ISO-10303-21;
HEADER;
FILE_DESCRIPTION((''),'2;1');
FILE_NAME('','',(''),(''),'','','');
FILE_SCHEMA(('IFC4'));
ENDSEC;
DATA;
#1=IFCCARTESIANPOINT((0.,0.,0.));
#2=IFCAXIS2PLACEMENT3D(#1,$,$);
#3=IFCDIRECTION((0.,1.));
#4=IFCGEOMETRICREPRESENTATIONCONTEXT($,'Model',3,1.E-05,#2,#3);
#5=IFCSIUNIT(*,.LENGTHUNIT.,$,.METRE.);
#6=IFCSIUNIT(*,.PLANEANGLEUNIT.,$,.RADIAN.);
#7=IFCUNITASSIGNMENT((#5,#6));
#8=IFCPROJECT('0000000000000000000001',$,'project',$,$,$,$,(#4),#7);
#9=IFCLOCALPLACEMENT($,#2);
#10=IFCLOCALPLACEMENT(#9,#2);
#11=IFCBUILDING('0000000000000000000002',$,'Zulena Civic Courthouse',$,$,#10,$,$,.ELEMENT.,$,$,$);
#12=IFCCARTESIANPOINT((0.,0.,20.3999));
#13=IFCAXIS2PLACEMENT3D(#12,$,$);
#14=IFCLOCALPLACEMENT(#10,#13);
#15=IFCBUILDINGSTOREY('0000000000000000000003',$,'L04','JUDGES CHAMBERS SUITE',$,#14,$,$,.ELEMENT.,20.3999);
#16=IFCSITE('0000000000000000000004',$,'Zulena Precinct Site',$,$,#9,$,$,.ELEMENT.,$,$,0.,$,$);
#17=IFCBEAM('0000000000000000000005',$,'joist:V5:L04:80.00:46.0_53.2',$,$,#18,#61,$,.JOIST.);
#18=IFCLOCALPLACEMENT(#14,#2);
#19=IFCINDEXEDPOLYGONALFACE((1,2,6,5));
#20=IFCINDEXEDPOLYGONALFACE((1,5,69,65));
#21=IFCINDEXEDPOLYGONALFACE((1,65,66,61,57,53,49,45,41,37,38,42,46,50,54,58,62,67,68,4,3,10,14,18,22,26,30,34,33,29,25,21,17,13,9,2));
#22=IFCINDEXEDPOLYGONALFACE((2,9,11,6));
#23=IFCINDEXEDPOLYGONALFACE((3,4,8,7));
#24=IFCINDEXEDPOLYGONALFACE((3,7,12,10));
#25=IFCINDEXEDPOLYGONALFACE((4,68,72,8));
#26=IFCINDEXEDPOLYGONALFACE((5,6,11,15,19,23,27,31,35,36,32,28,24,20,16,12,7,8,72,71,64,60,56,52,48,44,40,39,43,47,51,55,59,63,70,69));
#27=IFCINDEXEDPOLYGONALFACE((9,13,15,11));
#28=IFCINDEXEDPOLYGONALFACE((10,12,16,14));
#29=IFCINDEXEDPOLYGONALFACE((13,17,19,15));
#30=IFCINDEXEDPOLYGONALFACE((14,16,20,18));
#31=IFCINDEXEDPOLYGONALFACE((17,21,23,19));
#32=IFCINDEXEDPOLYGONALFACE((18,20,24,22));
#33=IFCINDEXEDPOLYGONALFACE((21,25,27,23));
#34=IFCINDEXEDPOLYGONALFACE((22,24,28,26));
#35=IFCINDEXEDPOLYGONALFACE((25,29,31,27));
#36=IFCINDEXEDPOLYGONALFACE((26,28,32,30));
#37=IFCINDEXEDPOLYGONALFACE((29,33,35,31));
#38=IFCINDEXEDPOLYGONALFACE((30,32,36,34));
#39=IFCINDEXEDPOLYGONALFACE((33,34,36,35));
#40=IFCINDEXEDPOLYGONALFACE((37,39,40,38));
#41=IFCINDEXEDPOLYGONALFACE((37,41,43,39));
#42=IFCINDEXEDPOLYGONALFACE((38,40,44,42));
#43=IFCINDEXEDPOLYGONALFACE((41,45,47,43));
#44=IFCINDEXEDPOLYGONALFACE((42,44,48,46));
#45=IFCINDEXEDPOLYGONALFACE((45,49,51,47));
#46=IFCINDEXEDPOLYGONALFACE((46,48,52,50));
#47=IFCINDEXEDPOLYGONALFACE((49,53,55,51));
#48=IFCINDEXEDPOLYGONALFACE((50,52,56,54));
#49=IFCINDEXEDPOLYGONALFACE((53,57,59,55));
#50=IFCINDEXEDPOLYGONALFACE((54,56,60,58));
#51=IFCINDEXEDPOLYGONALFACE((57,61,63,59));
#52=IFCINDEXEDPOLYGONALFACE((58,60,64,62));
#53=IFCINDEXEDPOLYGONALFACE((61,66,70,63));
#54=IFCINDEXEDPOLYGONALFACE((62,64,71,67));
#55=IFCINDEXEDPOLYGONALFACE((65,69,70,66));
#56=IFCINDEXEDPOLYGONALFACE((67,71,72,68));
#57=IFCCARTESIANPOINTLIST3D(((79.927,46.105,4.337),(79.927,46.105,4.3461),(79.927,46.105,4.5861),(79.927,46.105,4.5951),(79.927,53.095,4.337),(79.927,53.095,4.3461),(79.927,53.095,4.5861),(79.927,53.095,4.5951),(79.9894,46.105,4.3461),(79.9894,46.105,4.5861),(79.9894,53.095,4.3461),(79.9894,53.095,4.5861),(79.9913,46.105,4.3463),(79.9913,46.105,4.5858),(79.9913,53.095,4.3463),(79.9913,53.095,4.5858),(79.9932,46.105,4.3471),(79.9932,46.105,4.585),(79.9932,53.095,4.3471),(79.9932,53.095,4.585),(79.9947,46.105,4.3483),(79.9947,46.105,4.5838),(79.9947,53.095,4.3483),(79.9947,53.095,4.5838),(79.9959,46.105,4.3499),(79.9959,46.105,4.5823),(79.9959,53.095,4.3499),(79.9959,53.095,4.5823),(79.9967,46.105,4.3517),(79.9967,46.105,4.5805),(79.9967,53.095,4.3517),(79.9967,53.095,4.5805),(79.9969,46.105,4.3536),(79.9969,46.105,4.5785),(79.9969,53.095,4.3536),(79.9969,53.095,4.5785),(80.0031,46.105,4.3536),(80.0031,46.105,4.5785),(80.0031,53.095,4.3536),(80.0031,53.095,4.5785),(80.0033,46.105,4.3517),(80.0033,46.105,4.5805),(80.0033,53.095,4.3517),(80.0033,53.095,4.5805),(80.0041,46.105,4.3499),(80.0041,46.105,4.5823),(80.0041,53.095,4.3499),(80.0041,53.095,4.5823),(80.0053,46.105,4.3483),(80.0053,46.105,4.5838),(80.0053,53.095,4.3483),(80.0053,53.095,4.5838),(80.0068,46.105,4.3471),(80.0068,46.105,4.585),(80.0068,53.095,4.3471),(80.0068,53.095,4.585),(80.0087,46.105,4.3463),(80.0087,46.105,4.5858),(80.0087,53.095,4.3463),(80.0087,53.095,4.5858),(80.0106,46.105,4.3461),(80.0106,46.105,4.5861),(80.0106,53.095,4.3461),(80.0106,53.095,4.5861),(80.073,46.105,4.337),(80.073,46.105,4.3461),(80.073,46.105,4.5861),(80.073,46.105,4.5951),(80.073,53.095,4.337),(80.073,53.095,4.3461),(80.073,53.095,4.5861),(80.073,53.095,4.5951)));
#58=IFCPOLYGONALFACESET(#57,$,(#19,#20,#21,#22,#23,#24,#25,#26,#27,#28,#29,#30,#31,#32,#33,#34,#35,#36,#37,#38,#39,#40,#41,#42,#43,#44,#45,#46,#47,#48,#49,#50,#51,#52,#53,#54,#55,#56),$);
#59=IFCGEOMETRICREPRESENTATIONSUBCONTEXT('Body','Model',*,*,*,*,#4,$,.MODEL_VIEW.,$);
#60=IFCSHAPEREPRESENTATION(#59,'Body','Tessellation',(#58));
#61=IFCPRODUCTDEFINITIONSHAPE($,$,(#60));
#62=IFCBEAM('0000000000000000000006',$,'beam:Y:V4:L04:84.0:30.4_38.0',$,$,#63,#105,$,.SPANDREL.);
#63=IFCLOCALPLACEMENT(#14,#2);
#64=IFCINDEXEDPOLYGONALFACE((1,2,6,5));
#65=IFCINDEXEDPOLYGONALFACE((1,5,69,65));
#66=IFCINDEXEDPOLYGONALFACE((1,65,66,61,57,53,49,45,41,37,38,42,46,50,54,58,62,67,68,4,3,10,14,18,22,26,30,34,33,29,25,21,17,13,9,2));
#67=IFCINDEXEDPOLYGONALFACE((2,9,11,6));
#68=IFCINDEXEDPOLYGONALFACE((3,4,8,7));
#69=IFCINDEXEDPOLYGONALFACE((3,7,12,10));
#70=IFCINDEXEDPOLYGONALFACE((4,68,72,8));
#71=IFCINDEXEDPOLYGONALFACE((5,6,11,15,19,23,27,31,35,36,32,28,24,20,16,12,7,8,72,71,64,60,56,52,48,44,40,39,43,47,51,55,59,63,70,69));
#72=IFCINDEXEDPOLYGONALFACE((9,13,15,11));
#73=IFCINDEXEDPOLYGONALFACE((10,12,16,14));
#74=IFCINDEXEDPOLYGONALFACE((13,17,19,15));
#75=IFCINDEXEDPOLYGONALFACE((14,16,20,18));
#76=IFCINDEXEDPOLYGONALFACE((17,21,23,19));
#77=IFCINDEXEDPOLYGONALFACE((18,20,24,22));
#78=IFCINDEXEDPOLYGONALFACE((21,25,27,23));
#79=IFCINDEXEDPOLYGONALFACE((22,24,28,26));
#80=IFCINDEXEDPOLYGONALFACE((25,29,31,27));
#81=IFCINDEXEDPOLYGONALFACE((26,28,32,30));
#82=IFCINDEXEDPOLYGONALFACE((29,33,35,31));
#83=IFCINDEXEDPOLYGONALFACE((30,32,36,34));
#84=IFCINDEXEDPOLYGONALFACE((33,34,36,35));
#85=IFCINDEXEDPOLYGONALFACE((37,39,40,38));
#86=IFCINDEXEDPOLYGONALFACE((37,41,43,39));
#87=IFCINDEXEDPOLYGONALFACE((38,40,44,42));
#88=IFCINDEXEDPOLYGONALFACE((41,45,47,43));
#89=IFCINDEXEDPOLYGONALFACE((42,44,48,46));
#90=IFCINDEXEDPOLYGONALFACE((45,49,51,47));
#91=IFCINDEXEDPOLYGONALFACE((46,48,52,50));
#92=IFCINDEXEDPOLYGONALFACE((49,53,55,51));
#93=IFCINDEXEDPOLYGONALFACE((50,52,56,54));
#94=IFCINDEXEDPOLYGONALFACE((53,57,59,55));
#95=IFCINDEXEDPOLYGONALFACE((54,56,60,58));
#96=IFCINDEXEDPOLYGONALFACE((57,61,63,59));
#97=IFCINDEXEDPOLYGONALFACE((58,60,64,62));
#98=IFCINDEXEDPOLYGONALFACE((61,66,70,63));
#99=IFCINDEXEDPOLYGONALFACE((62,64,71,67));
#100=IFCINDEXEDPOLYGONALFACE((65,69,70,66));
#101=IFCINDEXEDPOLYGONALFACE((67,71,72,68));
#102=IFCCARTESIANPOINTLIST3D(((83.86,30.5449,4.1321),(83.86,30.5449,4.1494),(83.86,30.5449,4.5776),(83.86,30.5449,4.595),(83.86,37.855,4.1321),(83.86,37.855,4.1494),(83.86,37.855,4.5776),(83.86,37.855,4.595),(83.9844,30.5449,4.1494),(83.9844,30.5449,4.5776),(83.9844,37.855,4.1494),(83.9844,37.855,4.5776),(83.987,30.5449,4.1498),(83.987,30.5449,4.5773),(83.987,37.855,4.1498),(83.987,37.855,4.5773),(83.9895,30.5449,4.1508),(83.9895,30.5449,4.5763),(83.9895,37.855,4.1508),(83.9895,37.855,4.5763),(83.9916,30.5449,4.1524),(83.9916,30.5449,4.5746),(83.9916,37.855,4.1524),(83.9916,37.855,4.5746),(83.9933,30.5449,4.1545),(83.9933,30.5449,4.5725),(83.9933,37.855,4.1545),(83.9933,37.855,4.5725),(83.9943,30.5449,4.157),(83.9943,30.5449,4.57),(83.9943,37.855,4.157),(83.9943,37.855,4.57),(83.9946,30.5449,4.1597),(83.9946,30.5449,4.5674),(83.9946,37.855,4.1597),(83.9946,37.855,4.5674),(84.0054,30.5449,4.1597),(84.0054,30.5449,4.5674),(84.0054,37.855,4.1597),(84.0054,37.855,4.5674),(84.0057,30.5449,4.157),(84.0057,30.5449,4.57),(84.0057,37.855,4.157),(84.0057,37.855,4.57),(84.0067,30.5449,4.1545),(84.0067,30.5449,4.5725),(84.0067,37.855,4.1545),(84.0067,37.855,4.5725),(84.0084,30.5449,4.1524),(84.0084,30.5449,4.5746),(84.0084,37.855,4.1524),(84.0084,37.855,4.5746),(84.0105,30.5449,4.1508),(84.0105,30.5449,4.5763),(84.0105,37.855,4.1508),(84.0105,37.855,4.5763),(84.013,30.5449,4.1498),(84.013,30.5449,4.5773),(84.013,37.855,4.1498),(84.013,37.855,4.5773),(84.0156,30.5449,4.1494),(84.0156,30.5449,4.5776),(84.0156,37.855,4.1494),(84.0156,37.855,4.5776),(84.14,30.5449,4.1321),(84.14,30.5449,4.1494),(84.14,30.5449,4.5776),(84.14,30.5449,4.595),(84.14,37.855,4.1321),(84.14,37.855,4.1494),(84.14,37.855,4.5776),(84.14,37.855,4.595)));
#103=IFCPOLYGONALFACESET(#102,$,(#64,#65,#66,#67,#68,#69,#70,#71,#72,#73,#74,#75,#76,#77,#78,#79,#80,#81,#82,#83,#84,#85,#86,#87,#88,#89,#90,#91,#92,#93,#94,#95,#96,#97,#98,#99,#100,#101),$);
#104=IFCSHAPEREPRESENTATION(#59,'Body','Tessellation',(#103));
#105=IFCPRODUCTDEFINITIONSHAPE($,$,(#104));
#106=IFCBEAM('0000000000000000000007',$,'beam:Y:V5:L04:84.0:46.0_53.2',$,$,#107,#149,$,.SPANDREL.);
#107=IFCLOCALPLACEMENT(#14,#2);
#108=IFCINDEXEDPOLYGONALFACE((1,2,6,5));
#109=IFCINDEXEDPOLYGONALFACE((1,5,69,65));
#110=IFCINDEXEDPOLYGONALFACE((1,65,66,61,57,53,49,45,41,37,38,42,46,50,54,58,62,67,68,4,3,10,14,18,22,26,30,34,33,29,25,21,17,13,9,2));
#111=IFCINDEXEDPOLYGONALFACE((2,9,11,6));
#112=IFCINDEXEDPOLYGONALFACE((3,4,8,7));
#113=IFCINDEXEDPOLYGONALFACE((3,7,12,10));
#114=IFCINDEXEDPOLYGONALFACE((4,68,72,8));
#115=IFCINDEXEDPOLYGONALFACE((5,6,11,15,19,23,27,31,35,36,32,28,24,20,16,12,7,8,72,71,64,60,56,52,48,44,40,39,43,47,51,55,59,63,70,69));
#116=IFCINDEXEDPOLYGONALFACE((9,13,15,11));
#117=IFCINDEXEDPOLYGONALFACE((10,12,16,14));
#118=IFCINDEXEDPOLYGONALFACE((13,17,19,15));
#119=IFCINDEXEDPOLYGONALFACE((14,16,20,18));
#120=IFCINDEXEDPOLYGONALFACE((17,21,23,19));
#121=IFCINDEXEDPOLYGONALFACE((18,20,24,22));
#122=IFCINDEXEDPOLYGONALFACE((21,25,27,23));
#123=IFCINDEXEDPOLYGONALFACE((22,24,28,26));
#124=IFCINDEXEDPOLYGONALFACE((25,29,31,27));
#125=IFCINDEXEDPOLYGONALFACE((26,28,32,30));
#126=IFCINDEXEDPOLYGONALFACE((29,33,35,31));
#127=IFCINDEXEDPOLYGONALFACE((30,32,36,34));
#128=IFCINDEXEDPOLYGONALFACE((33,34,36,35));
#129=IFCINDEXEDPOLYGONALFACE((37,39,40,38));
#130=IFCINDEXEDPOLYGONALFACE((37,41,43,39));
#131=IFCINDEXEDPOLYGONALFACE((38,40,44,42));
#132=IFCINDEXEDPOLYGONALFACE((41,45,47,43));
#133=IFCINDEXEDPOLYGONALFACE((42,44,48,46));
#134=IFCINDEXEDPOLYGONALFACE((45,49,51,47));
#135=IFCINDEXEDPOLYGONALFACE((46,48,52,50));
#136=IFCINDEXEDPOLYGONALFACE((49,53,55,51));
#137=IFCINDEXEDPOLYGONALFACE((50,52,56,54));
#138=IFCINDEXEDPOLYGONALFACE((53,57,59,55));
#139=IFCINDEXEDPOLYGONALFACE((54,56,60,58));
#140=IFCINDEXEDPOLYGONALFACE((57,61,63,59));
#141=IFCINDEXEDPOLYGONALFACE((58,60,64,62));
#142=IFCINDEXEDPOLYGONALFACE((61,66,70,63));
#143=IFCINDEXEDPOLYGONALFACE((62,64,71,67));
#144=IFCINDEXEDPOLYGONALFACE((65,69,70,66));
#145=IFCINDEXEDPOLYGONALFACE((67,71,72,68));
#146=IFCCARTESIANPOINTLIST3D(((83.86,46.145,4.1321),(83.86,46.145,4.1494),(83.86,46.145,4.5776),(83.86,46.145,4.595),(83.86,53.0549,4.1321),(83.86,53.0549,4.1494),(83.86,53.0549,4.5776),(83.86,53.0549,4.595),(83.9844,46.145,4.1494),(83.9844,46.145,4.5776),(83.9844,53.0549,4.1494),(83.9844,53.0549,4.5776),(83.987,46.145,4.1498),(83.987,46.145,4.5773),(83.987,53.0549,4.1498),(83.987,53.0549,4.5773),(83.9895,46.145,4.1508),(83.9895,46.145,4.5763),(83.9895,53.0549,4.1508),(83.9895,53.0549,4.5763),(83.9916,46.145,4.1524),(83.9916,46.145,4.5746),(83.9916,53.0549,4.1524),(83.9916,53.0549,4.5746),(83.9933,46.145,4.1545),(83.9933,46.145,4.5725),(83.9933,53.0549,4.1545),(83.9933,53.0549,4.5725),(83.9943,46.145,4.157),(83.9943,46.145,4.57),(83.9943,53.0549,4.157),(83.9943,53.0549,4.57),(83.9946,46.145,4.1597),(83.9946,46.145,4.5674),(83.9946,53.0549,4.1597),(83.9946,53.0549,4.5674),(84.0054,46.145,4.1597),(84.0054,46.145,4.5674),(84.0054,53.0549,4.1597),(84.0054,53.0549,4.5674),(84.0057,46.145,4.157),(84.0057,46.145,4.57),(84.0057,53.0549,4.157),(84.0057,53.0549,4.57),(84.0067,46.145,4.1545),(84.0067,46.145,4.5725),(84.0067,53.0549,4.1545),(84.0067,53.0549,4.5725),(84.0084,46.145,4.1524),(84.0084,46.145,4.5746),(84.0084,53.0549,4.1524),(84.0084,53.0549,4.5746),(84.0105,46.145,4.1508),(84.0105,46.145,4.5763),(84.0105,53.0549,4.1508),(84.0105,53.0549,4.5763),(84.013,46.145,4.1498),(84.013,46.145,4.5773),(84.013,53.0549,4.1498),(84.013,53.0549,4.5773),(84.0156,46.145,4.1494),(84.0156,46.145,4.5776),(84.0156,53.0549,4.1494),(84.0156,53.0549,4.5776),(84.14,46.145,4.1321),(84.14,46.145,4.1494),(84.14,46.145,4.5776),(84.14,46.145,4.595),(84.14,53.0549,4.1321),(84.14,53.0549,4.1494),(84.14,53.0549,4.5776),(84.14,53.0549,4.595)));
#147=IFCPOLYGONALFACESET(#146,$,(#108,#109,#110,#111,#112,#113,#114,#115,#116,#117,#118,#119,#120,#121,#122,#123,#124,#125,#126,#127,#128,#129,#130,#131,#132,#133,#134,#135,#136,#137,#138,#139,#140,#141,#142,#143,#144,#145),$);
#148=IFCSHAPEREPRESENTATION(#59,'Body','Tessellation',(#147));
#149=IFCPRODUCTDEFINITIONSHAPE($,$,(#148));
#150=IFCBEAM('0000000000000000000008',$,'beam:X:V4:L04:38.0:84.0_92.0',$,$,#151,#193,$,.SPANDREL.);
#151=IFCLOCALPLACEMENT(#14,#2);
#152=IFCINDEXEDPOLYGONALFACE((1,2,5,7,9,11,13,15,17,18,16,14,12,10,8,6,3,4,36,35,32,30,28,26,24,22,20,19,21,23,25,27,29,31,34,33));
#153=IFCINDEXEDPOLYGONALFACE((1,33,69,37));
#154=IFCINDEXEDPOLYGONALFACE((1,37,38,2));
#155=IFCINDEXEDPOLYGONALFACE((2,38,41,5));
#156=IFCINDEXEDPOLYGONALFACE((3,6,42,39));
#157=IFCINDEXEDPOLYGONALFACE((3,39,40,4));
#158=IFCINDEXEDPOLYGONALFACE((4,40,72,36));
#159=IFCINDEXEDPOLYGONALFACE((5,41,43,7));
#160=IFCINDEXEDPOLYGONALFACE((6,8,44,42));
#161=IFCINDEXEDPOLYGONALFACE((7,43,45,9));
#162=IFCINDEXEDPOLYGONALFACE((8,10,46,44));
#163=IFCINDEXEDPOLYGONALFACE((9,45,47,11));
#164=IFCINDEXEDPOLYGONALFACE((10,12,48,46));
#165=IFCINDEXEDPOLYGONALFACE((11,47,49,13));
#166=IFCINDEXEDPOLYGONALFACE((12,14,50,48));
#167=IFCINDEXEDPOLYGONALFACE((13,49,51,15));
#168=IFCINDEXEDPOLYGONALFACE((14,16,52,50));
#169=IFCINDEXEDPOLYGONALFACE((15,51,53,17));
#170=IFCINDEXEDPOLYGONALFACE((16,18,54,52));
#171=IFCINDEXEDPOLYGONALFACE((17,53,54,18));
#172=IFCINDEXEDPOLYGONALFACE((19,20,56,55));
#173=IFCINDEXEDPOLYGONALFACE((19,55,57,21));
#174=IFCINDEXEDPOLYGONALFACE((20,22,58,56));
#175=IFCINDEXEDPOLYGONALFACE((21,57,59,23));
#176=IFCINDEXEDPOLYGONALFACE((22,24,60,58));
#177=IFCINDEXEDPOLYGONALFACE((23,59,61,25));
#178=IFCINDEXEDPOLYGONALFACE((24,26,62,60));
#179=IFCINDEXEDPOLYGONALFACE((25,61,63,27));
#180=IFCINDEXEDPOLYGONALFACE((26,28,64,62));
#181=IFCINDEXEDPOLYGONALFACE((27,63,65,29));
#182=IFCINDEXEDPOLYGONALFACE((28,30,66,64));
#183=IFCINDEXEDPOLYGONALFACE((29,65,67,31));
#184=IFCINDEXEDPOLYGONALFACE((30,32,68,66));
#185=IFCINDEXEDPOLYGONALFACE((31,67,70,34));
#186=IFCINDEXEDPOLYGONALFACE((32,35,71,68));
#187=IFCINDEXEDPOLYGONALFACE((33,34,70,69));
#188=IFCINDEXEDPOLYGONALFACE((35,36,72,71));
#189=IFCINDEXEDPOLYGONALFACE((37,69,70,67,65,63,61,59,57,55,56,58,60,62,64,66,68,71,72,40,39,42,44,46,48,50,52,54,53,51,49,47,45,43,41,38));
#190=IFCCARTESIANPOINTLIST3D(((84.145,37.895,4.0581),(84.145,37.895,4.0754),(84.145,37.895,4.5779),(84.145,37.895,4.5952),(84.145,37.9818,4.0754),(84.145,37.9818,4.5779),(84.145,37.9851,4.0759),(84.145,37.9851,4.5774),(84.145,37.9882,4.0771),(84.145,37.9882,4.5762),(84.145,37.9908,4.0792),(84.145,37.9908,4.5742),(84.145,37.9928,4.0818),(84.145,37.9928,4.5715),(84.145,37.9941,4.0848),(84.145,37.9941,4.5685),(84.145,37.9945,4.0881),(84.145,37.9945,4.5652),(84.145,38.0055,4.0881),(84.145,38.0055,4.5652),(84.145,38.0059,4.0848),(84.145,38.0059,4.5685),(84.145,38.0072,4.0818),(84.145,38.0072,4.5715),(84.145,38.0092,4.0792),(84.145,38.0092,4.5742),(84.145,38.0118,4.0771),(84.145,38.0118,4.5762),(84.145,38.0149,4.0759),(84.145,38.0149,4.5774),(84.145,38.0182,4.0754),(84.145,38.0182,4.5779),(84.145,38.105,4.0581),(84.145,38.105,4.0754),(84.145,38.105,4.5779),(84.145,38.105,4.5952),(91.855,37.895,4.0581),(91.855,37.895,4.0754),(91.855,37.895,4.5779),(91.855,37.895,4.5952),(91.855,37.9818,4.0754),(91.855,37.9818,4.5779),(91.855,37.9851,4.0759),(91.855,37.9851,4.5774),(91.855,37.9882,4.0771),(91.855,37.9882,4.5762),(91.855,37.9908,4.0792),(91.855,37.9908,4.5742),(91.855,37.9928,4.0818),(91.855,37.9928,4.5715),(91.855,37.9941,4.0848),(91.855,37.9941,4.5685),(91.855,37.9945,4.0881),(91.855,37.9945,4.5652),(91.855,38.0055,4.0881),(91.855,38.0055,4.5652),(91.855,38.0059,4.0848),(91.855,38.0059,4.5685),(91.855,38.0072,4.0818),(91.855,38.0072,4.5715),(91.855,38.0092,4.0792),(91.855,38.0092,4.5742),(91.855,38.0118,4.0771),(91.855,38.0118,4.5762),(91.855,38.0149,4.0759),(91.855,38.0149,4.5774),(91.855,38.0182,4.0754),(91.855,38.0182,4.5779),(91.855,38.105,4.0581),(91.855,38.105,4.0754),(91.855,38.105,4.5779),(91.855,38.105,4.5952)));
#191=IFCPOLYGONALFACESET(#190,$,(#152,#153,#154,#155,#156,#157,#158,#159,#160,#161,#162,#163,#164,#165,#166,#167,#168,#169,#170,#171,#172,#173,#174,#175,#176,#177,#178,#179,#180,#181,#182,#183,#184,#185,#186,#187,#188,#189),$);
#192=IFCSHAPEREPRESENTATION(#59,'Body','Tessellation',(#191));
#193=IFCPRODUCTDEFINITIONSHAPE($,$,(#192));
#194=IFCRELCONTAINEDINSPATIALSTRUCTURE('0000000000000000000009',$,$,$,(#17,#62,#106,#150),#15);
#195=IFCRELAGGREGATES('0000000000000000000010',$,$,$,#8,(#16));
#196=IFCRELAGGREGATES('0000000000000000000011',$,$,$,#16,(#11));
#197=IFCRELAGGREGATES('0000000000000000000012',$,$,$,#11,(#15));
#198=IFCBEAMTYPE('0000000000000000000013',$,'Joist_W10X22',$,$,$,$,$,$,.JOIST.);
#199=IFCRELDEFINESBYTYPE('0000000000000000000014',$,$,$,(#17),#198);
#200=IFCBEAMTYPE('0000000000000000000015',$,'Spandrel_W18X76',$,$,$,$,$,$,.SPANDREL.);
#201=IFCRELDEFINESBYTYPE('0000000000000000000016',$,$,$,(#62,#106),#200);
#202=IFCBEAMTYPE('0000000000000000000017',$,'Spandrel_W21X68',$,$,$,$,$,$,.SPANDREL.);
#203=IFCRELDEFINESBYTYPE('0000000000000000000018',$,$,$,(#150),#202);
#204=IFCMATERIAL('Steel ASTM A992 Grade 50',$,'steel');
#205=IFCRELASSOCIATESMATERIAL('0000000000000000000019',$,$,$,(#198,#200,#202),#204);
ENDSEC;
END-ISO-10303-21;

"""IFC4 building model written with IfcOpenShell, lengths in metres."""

from ifc_helpers import new_model, si_unit, direction, frame, origin, origin_2d, place, context, subcontext, project, spatial, i_section, extrude, material, material_profile, profile_set, type_object, element, save


model = new_model("IFC4")

# Units and contexts
model_context = context("Model", 3, precision=1e-05, world=origin(), true_north=direction((0.0, 1.0)))
body_context = subcontext(model_context, "Body", "Model", "MODEL_VIEW")
ifc_project = project(units=[si_unit("LENGTHUNIT", "METRE"), si_unit("PLANEANGLEUNIT", "RADIAN")], contexts=[model_context])

# Site, building, storey
site_placement = place(None, origin())
site = spatial("IfcSite", under=ifc_project, at=site_placement, Name="Zulena Precinct Site", CompositionType="ELEMENT", RefElevation=0.0)
building_placement = place(site_placement, origin())
building = spatial("IfcBuilding", under=site, at=building_placement, Name="Zulena Civic Courthouse", CompositionType="ELEMENT")
storey_placement = place(building_placement, frame((0.0, 0.0, 20.3999)))
storey = spatial("IfcBuildingStorey", under=building, at=storey_placement, Name="L04", Description="JUDGES CHAMBERS SUITE", CompositionType="ELEMENT", Elevation=20.3999)

# Shared definitions
ifc_material_1 = material(Name="Steel ASTM A992 Grade 50", Category="steel")

# Beams
ifc_material_profile_1 = material_profile(ifc_material_1, i_section(OverallWidth=0.146, OverallDepth=0.2581, WebThickness=0.0061, FlangeThickness=0.009, FilletRadius=0.0076, at=origin_2d()), Name="W10X22")
ifc_profile_set_1 = profile_set([ifc_material_profile_1], Name="Steel ASTM A992 Grade 50")
beam_type_1 = type_object("IfcBeamType", Name="Joist_W10X22", PredefinedType="JOIST", material=ifc_profile_set_1)
beam_1_placement = place(storey_placement, frame((80.0, 46.105, 4.4661), z_axis=(0.0, 1.0, 0.0), x_axis=(-1.0, 0.0, 0.0)))
element("IfcBeam", 1, at=beam_1_placement, inside=storey, type_object=beam_type_1, Name="joist:V5:L04:80.00:46.0_53.2", PredefinedType="JOIST", context=body_context, shape_type="SweptSolid", body=[
    extrude(i_section(OverallWidth=0.146, OverallDepth=0.2581, WebThickness=0.0061, FlangeThickness=0.009, FilletRadius=0.0076, at=origin_2d()), origin(), (0.0, 0.0, 1.0), 6.99),
])
ifc_material_profile_2 = material_profile(ifc_material_1, i_section(OverallWidth=0.28, OverallDepth=0.4629, WebThickness=0.0107, FlangeThickness=0.0173, FilletRadius=0.0103, at=origin_2d()), Name="W18X76")
ifc_profile_set_2 = profile_set([ifc_material_profile_2], Name="Steel ASTM A992 Grade 50")
beam_type_2 = type_object("IfcBeamType", Name="Spandrel_W18X76", PredefinedType="SPANDREL", material=ifc_profile_set_2)
beam_2_placement = place(storey_placement, frame((84.0, 30.5449, 4.3635), z_axis=(0.0, 1.0, 0.0), x_axis=(-1.0, 0.0, 0.0)))
element("IfcBeam", 2, at=beam_2_placement, inside=storey, type_object=beam_type_2, Name="beam:Y:V4:L04:84.0:30.4_38.0", PredefinedType="SPANDREL", context=body_context, shape_type="SweptSolid", body=[
    extrude(i_section(OverallWidth=0.28, OverallDepth=0.4629, WebThickness=0.0107, FlangeThickness=0.0173, FilletRadius=0.0103, at=origin_2d()), origin(), (0.0, 0.0, 1.0), 7.3101),
])
beam_3_placement = place(storey_placement, frame((84.0, 46.145, 4.3635), z_axis=(0.0, 1.0, 0.0), x_axis=(-1.0, 0.0, 0.0)))
element("IfcBeam", 3, at=beam_3_placement, inside=storey, type_object=beam_type_2, Name="beam:Y:V5:L04:84.0:46.0_53.2", PredefinedType="SPANDREL", context=body_context, shape_type="SweptSolid", body=[
    extrude(i_section(OverallWidth=0.28, OverallDepth=0.4629, WebThickness=0.0107, FlangeThickness=0.0173, FilletRadius=0.0103, at=origin_2d()), origin(), (0.0, 0.0, 1.0), 6.9099),
])
ifc_material_profile_3 = material_profile(ifc_material_1, i_section(OverallWidth=0.21, OverallDepth=0.5371, WebThickness=0.011, FlangeThickness=0.0173, FilletRadius=0.0127, at=origin_2d()), Name="W21X68")
ifc_profile_set_3 = profile_set([ifc_material_profile_3], Name="Steel ASTM A992 Grade 50")
beam_type_3 = type_object("IfcBeamType", Name="Spandrel_W21X68", PredefinedType="SPANDREL", material=ifc_profile_set_3)
for number, where, z_axis, x_axis, name in (
    (4, (84.145, 38.0, 4.3267), (1.0, 0.0, 0.0), (0.0, 1.0, 0.0), "beam:X:V4:L04:38.0:84.0_92.0"),
):
    element("IfcBeam", number, at=place(storey_placement, frame(where, z_axis=z_axis, x_axis=x_axis)), inside=storey, type_object=beam_type_3, Name=name, PredefinedType="SPANDREL", context=body_context, shape_type="SweptSolid", body=[
        extrude(i_section(OverallWidth=0.21, OverallDepth=0.5371, WebThickness=0.011, FlangeThickness=0.0173, FilletRadius=0.0127, at=origin_2d()), origin(), (0.0, 0.0, 1.0), 7.71),
    ])

save(model, "model.ifc")
